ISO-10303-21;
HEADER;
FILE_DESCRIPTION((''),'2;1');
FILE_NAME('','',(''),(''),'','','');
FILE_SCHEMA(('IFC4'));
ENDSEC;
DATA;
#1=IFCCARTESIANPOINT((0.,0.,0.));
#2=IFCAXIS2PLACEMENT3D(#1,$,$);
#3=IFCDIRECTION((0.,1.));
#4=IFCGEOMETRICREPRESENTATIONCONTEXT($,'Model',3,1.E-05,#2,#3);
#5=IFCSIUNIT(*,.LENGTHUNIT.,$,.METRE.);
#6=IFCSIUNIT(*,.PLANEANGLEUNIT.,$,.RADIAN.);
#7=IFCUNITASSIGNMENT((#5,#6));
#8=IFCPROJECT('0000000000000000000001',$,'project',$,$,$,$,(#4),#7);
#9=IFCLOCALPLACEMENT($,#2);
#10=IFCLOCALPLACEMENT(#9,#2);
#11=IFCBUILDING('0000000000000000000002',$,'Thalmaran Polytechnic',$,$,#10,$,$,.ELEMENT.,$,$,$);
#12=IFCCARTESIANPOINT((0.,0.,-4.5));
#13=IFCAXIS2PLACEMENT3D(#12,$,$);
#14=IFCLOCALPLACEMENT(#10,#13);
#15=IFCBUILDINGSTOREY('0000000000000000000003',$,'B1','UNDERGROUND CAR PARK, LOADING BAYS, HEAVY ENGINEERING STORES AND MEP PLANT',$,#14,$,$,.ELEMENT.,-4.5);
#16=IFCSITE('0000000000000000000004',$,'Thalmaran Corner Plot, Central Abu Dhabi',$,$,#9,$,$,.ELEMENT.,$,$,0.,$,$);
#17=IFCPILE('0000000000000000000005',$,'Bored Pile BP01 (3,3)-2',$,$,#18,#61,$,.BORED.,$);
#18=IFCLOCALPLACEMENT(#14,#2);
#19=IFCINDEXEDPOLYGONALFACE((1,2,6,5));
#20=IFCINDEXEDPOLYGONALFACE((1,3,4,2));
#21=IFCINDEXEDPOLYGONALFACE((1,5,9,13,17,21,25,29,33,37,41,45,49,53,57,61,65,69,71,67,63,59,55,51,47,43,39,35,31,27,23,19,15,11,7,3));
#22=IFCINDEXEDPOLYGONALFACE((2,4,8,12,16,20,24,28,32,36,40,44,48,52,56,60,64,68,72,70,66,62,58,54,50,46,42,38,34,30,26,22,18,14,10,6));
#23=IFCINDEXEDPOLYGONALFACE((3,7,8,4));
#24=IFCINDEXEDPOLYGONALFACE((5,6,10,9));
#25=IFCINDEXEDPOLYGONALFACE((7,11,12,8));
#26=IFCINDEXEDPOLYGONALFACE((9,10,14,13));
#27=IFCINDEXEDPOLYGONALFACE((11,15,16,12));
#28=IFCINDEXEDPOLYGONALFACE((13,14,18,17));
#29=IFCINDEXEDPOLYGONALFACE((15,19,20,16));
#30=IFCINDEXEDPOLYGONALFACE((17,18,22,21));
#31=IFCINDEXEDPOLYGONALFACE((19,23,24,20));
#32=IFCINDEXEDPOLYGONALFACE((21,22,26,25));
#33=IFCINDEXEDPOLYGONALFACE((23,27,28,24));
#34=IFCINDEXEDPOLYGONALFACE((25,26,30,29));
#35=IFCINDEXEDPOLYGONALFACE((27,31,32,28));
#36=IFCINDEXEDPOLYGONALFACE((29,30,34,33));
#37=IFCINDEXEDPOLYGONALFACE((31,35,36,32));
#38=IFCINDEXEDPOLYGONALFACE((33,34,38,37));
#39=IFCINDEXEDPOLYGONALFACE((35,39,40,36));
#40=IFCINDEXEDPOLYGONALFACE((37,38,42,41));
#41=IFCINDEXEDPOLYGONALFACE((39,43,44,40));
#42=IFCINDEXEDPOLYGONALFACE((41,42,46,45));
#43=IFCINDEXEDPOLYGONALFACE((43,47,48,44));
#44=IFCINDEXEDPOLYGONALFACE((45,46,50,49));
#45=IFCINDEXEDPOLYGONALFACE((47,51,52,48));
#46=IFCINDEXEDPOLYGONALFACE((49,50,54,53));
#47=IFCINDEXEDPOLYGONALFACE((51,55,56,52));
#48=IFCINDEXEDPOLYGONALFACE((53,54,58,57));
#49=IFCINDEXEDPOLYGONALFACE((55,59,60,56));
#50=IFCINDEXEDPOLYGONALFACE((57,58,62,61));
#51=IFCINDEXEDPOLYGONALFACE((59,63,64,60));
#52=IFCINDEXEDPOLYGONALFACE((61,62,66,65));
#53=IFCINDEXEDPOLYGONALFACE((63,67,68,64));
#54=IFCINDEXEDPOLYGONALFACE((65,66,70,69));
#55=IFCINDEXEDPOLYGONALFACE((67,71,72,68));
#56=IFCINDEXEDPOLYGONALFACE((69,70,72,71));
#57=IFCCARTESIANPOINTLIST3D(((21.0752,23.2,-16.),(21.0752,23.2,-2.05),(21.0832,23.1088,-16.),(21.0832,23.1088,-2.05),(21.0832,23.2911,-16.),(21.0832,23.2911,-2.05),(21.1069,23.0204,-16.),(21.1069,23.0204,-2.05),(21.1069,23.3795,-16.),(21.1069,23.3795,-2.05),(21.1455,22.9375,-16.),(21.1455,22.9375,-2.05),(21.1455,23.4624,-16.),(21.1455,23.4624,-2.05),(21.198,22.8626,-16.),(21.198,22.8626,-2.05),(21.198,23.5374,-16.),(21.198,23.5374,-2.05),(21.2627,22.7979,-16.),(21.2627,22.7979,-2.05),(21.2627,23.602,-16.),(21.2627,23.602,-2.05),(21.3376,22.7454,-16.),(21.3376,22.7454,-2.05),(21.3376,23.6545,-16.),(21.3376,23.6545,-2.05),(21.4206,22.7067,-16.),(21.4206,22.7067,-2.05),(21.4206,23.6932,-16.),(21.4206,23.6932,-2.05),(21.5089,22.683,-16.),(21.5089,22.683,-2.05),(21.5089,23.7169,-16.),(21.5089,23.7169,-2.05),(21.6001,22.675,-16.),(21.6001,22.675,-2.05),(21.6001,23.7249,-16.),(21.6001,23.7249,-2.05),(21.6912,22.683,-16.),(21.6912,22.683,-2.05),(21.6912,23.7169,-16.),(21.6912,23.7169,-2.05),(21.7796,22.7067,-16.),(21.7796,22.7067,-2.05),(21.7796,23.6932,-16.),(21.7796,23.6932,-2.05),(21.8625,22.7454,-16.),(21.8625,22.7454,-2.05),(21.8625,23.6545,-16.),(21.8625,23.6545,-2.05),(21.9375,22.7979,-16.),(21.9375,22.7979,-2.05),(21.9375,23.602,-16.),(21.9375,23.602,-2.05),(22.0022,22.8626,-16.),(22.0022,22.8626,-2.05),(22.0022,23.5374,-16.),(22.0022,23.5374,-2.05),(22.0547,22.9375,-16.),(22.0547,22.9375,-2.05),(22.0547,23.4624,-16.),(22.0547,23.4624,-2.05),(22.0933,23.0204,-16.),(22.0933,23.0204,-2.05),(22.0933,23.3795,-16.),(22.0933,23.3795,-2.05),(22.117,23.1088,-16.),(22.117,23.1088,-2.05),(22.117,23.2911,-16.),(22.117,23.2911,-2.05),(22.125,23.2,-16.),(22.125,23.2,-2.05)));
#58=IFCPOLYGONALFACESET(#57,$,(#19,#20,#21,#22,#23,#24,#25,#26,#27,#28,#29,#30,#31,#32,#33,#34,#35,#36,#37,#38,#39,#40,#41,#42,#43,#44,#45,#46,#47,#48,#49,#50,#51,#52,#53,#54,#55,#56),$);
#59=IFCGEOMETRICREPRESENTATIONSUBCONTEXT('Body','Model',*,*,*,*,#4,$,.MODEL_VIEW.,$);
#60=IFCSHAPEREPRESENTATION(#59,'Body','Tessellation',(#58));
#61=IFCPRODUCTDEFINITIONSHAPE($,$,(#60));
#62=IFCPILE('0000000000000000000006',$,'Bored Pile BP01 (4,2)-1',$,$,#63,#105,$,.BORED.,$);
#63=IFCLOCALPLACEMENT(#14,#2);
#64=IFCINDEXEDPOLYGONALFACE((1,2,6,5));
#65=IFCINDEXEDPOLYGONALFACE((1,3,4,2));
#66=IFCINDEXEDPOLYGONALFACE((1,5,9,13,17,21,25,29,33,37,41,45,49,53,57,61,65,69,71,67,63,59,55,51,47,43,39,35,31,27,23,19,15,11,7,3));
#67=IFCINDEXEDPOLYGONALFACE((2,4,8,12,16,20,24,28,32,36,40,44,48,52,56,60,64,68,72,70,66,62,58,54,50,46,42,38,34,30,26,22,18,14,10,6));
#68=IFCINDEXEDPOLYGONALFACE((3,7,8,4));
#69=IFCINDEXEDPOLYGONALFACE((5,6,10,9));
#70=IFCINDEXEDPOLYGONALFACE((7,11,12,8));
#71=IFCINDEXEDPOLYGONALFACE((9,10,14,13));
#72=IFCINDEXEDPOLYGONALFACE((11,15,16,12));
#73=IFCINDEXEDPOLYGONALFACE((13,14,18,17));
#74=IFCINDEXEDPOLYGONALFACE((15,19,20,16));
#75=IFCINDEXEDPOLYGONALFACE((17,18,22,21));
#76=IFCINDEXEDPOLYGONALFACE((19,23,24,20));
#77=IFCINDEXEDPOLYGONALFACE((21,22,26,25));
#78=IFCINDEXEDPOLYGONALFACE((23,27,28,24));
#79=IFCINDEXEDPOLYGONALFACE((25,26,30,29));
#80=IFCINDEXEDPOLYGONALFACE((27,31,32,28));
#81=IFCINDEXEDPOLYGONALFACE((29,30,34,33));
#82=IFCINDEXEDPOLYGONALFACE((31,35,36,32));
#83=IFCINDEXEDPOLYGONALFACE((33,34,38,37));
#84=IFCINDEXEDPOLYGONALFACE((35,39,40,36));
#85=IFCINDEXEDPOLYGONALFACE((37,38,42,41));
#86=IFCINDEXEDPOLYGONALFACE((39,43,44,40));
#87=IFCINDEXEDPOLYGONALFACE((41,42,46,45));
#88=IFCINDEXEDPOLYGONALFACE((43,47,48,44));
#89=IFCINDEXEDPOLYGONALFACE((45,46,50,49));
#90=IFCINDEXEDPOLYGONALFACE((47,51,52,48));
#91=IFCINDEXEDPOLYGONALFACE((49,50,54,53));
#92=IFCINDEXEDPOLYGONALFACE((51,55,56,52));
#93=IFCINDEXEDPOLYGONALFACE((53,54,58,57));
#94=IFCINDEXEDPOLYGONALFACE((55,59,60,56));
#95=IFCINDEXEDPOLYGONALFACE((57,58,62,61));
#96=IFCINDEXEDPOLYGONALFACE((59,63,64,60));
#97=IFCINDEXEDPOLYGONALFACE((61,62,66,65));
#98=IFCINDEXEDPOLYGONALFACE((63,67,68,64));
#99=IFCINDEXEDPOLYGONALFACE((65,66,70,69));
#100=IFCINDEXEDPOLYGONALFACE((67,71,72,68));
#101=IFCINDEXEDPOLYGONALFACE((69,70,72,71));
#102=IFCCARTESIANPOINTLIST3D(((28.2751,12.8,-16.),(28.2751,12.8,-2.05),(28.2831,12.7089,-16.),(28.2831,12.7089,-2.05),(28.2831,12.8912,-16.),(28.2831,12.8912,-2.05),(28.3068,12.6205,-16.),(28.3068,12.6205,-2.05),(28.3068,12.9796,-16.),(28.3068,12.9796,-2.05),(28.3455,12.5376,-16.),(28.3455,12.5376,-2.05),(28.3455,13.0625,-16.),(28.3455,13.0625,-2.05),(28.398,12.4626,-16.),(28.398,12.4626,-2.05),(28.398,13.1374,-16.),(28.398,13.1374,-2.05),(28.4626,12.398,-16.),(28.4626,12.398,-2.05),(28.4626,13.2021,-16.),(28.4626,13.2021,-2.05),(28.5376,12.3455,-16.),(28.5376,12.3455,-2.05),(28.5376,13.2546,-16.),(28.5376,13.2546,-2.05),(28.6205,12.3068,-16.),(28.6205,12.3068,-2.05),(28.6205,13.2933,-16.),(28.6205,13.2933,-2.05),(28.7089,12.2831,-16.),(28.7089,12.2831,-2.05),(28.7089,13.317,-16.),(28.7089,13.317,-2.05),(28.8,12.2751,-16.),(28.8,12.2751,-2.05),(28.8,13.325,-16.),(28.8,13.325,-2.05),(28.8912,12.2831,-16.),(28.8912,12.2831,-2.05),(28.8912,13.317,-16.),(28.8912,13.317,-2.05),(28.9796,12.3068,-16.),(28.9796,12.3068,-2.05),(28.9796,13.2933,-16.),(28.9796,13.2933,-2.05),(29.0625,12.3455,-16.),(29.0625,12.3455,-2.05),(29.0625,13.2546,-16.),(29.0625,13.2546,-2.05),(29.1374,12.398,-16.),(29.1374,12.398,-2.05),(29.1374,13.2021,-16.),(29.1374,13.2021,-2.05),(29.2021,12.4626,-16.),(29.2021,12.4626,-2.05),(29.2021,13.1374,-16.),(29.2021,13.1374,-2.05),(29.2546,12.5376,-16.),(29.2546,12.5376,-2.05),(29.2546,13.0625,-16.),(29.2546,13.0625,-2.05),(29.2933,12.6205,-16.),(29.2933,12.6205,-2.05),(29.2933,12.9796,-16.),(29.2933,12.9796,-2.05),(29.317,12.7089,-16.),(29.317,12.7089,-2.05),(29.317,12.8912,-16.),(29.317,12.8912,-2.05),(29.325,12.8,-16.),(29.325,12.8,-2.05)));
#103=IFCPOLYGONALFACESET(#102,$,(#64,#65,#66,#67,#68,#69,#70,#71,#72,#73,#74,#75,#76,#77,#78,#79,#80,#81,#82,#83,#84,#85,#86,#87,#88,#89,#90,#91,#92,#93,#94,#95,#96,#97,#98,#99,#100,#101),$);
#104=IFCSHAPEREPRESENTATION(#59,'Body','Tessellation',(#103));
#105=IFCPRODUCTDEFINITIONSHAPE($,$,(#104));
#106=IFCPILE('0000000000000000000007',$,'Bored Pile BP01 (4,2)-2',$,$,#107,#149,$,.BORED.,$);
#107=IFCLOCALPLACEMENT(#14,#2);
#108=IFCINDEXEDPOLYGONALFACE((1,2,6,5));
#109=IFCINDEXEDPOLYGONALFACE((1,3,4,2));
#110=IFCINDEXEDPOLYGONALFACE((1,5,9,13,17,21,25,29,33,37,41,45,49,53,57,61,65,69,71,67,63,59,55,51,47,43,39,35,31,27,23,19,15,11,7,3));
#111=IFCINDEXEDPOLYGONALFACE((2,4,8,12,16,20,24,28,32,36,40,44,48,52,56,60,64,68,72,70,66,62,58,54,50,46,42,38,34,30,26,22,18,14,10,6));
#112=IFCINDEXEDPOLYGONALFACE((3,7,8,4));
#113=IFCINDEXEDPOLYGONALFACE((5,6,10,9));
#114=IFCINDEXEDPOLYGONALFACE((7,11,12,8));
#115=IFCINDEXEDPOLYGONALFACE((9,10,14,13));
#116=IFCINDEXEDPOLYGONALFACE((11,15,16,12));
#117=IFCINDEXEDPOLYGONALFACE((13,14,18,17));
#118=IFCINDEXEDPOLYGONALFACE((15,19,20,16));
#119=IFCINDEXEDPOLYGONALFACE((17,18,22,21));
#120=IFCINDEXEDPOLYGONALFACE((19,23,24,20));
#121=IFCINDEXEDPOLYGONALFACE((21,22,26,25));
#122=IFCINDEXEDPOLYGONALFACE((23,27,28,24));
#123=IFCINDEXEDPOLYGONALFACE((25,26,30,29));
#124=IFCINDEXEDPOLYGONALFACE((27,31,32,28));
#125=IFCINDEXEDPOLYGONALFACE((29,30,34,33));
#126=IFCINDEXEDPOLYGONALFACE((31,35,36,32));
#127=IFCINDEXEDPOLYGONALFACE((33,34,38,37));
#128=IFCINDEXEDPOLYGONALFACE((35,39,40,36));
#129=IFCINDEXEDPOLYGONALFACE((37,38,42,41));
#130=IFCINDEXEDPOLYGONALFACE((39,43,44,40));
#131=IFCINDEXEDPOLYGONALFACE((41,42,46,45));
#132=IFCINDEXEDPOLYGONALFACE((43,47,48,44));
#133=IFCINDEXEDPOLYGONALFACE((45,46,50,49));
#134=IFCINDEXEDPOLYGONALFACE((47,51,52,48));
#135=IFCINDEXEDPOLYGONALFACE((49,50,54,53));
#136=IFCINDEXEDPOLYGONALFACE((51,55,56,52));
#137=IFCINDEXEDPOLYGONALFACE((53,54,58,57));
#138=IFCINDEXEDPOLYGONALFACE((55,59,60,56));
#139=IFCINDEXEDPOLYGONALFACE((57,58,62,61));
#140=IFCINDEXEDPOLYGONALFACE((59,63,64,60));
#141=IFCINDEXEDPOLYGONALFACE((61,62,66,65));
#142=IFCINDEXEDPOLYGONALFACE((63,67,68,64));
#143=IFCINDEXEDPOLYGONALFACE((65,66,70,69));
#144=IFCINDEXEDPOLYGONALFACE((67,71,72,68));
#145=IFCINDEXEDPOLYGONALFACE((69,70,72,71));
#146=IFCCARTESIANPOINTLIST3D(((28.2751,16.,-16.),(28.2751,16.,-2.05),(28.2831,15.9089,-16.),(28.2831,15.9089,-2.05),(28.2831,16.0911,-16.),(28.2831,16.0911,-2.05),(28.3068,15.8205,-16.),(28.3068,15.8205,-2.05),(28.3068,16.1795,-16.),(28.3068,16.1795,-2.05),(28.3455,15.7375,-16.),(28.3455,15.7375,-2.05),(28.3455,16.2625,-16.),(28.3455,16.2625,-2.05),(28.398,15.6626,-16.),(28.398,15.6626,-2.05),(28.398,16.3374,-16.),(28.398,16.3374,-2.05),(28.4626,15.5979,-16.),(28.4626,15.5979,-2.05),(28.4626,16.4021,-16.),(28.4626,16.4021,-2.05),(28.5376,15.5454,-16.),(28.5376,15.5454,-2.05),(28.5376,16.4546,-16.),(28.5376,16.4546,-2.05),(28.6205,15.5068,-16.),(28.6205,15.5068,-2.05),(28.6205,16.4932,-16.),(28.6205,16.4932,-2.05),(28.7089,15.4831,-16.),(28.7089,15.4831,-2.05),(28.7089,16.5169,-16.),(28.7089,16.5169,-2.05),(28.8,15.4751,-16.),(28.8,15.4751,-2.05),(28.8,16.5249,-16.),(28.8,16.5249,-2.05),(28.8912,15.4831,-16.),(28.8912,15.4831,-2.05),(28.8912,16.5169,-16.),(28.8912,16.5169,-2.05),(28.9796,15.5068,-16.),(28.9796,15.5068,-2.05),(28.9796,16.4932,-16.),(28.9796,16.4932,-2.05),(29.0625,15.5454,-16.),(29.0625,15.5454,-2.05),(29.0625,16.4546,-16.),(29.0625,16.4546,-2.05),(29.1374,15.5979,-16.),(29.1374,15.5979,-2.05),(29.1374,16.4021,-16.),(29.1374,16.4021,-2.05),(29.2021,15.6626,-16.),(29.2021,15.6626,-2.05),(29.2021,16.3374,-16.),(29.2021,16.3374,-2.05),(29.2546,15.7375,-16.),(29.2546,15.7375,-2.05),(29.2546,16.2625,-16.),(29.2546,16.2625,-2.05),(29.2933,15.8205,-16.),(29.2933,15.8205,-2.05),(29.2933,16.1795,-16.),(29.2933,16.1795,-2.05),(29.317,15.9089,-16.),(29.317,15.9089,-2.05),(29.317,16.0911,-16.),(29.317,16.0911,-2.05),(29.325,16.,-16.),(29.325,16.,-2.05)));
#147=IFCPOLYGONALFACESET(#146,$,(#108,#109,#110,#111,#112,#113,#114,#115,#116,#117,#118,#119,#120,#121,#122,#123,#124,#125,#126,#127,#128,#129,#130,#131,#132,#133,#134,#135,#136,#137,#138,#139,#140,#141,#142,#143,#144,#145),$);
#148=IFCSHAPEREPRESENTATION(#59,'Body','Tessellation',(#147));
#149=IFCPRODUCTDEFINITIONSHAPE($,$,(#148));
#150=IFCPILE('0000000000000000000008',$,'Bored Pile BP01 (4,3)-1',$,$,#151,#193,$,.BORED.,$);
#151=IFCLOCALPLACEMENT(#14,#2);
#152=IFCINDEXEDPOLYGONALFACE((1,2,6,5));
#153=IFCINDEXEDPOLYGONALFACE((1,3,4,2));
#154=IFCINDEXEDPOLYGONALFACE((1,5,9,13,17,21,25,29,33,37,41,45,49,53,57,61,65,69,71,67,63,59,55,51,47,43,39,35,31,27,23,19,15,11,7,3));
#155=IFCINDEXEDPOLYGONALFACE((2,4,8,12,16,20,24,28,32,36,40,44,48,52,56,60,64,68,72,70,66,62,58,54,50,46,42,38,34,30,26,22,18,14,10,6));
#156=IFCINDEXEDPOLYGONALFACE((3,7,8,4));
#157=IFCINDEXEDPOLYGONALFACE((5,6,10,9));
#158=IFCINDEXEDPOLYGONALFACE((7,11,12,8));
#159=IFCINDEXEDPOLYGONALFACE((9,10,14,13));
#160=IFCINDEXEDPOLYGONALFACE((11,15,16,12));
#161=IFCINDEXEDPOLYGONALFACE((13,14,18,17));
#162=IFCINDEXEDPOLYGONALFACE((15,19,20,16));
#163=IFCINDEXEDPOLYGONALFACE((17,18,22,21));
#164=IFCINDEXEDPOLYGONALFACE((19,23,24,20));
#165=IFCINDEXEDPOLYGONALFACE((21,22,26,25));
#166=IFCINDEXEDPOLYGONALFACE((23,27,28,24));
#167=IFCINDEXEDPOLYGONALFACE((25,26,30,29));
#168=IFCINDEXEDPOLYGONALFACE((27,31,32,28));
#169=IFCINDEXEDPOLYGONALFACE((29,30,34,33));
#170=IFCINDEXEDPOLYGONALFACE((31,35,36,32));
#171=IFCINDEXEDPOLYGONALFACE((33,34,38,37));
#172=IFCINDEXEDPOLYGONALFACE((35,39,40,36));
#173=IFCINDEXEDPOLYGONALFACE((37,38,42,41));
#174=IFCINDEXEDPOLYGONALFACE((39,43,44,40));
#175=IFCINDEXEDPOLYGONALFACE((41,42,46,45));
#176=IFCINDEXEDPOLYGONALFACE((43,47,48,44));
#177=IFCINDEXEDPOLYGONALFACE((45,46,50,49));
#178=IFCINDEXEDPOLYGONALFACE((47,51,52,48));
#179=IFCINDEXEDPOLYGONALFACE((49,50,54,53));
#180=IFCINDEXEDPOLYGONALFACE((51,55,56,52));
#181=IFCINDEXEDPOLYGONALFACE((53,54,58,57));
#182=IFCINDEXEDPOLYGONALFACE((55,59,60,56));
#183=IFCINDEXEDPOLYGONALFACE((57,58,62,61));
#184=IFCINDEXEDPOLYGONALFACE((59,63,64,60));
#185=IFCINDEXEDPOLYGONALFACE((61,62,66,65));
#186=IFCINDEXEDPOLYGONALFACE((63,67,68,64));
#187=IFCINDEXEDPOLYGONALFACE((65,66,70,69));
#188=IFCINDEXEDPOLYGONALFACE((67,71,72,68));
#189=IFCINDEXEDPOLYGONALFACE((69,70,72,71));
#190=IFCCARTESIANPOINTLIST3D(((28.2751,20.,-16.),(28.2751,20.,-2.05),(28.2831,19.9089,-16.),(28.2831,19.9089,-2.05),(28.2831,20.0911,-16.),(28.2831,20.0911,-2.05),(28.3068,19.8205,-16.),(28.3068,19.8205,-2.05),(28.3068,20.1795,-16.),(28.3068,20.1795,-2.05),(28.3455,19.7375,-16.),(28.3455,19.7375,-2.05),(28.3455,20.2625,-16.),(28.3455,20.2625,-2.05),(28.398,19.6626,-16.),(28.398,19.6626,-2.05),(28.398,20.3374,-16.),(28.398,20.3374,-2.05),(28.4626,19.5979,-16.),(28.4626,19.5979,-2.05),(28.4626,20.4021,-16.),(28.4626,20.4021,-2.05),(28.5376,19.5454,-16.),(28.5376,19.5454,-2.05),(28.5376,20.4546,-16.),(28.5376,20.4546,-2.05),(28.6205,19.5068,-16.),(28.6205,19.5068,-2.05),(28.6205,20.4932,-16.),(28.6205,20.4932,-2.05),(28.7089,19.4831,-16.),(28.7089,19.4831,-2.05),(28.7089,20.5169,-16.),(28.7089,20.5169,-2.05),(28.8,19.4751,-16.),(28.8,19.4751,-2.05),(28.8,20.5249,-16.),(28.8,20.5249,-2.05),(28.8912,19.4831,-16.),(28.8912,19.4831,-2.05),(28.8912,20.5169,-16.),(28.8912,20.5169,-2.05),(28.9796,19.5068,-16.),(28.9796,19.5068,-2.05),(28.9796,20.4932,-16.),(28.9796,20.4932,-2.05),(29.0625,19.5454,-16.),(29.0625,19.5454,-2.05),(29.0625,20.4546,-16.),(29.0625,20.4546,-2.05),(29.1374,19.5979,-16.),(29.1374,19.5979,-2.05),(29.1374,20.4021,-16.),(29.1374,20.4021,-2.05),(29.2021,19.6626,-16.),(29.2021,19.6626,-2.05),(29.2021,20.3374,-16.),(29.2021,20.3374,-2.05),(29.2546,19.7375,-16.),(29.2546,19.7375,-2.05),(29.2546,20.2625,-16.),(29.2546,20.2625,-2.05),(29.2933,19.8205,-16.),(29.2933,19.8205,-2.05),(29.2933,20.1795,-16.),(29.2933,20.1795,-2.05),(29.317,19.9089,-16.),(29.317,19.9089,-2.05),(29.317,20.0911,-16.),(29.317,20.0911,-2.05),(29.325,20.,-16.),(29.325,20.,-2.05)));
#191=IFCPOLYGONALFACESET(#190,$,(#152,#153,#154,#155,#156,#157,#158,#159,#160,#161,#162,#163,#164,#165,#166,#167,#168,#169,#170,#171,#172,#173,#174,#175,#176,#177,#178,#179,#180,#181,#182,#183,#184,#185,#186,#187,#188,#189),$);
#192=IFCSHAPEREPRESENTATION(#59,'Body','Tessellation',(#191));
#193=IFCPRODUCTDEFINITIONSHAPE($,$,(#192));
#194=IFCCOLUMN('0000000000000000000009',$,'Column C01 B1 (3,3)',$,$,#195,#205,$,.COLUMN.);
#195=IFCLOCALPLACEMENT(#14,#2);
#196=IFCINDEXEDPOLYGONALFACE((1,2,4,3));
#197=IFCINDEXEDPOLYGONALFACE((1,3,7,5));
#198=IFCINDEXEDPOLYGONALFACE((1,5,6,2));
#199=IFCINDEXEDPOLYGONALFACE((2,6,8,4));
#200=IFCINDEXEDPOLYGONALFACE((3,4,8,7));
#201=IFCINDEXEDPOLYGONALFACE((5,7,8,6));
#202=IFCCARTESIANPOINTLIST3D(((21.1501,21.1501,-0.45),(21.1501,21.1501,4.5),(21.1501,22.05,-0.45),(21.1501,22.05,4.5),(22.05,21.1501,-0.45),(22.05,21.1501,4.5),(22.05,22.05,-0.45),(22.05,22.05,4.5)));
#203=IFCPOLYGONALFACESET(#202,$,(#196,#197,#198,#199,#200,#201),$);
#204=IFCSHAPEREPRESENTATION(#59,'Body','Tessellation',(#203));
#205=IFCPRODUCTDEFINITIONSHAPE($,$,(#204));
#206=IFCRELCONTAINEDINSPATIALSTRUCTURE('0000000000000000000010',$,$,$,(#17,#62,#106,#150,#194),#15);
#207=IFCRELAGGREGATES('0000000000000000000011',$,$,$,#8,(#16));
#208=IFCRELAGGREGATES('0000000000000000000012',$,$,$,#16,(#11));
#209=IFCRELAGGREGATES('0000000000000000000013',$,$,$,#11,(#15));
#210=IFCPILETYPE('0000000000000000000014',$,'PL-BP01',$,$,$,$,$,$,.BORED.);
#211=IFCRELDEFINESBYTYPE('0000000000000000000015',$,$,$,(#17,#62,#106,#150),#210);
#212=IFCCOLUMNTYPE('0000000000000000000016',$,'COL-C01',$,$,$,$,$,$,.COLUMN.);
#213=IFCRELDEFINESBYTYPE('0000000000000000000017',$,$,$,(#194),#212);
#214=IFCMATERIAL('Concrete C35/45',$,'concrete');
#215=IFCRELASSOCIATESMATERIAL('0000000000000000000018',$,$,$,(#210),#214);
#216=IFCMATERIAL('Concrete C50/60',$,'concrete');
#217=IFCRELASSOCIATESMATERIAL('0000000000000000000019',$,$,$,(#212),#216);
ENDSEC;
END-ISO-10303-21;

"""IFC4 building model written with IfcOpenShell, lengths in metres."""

from ifc_helpers import new_model, si_unit, direction, frame, origin, origin_2d, place, context, subcontext, project, spatial, rectangle, circle, extrude, material, material_profile, profile_set, type_object, element, save


model = new_model("IFC4")

# Units and contexts
model_context = context("Model", 3, precision=1e-05, world=origin(), true_north=direction((0.0, 1.0)))
body_context = subcontext(model_context, "Body", "Model", "MODEL_VIEW")
ifc_project = project(units=[si_unit("LENGTHUNIT", "METRE"), si_unit("PLANEANGLEUNIT", "RADIAN")], contexts=[model_context])

# Site, building, storey
site_placement = place(None, origin())
site = spatial("IfcSite", under=ifc_project, at=site_placement, Name="Thalmaran Corner Plot, Central Abu Dhabi", CompositionType="ELEMENT", RefElevation=0.0)
building_placement = place(site_placement, origin())
building = spatial("IfcBuilding", under=site, at=building_placement, Name="Thalmaran Polytechnic", CompositionType="ELEMENT")
storey_placement = place(building_placement, frame((0.0, 0.0, -4.5)))
storey = spatial("IfcBuildingStorey", under=building, at=storey_placement, Name="B1", Description="UNDERGROUND CAR PARK, LOADING BAYS, HEAVY ENGINEERING STORES AND MEP PLANT", CompositionType="ELEMENT", Elevation=-4.5)

# Piles
ifc_material_1 = material(Name="Concrete C35/45", Category="concrete")
ifc_material_profile_1 = material_profile(ifc_material_1, circle(Radius=0.5249, at=origin_2d()), Name="RC 1050 DIA")
ifc_profile_set_1 = profile_set([ifc_material_profile_1], Name="Concrete C35/45")
pile_type = type_object("IfcPileType", Name="PL-BP01", PredefinedType="BORED", material=ifc_profile_set_1)
for number, where, z_axis, x_axis, name in (
    (1, (21.6001, 23.2, -2.05), (0.0, 0.0, -1.0), (1.0, 0.0, 0.0), "Bored Pile BP01 (3,3)-2"),
    (2, (28.8, 12.8, -2.05), (0.0, 0.0, -1.0), (1.0, 0.0, 0.0), "Bored Pile BP01 (4,2)-1"),
    (3, (28.8, 16.0, -2.05), (0.0, 0.0, -1.0), (1.0, 0.0, 0.0), "Bored Pile BP01 (4,2)-2"),
    (4, (28.8, 20.0, -2.05), (0.0, 0.0, -1.0), (1.0, 0.0, 0.0), "Bored Pile BP01 (4,3)-1"),
):
    element("IfcPile", number, at=place(storey_placement, frame(where, z_axis=z_axis, x_axis=x_axis)), inside=storey, type_object=pile_type, Name=name, PredefinedType="BORED", context=body_context, shape_type="SweptSolid", body=[
        extrude(circle(Radius=0.5249, at=origin_2d()), origin(), (0.0, 0.0, 1.0), 13.95),
    ])

# Column
ifc_material_2 = material(Name="Concrete C50/60", Category="concrete")
ifc_material_profile_2 = material_profile(ifc_material_2, rectangle(XDim=0.8999, YDim=0.8999, at=origin_2d()), Name="RC 900x900")
ifc_profile_set_2 = profile_set([ifc_material_profile_2], Name="Concrete C50/60")
column_type_1 = type_object("IfcColumnType", Name="COL-C01", PredefinedType="COLUMN", material=ifc_profile_set_2)
column_1_placement = place(storey_placement, frame((21.6001, 21.6001, -0.45), z_axis=(0.0, 0.0, 1.0), x_axis=(1.0, 0.0, 0.0)))
element("IfcColumn", 5, at=column_1_placement, inside=storey, type_object=column_type_1, Name="Column C01 B1 (3,3)", PredefinedType="COLUMN", context=body_context, shape_type="SweptSolid", body=[
    extrude(rectangle(XDim=0.8999, YDim=0.8999, at=origin_2d()), origin(), (0.0, 0.0, 1.0), 4.95),
])

save(model, "model.ifc")
